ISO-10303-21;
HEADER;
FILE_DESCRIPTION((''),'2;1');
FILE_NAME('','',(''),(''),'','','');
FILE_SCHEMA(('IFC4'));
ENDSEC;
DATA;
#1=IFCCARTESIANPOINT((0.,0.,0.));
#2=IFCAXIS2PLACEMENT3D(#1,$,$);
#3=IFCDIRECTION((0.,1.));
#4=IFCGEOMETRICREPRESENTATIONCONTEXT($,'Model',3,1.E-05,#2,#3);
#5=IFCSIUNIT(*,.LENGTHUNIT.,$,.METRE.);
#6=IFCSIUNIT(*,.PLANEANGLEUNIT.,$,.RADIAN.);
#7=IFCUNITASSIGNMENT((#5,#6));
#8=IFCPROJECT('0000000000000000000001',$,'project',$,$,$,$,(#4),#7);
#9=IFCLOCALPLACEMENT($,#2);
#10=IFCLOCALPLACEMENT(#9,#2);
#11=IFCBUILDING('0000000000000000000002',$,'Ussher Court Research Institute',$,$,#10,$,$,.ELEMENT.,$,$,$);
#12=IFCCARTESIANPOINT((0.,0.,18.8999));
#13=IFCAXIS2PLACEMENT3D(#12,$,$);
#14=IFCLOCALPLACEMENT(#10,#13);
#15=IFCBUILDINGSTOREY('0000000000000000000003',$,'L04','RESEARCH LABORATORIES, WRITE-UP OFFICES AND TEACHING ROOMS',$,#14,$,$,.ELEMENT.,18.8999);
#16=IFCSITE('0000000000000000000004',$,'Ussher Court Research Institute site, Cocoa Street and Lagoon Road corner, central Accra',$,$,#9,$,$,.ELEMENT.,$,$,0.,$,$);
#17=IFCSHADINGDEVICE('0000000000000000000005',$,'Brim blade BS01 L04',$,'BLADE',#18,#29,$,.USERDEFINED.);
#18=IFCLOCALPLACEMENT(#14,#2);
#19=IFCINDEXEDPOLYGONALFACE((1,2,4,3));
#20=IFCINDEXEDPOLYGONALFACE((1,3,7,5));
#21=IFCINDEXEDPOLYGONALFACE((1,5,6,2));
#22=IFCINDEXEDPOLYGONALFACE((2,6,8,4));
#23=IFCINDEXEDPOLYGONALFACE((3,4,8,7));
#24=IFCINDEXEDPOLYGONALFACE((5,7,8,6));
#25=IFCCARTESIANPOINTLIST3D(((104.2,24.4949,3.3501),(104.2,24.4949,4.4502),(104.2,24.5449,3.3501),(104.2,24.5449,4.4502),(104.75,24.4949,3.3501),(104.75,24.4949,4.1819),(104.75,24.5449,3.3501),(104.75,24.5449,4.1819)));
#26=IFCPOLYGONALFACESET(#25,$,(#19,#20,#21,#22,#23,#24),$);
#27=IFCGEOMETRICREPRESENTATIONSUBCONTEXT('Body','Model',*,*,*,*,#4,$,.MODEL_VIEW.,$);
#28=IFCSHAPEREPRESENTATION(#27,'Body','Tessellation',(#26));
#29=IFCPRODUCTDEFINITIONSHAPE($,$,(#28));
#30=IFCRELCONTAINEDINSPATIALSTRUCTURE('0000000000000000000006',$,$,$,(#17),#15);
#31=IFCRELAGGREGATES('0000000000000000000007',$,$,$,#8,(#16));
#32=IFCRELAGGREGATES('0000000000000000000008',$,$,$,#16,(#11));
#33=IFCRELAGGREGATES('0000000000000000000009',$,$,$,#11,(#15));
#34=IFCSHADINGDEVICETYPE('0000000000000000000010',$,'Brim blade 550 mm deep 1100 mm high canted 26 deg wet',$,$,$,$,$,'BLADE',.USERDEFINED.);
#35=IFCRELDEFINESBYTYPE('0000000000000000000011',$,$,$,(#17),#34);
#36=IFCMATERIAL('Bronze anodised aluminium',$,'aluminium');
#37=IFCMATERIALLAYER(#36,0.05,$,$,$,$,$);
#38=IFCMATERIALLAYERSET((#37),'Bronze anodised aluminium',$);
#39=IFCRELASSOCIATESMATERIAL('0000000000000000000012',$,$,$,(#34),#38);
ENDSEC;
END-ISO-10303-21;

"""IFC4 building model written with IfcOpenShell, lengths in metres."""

from ifc_helpers import new_model, si_unit, direction, frame, origin, place, context, subcontext, project, spatial, polyline, outline, extrude, material, layer, layer_set, type_object, element, save


model = new_model("IFC4")

# Units and contexts
model_context = context("Model", 3, precision=1e-05, world=origin(), true_north=direction((0.0, 1.0)))
body_context = subcontext(model_context, "Body", "Model", "MODEL_VIEW")
ifc_project = project(units=[si_unit("LENGTHUNIT", "METRE"), si_unit("PLANEANGLEUNIT", "RADIAN")], contexts=[model_context])

# Site, building, storey
site_placement = place(None, origin())
site = spatial("IfcSite", under=ifc_project, at=site_placement, Name="Ussher Court Research Institute site, Cocoa Street and Lagoon Road corner, central Accra", CompositionType="ELEMENT", RefElevation=0.0)
building_placement = place(site_placement, origin())
building = spatial("IfcBuilding", under=site, at=building_placement, Name="Ussher Court Research Institute", CompositionType="ELEMENT")
storey_placement = place(building_placement, frame((0.0, 0.0, 18.8999)))
storey = spatial("IfcBuildingStorey", under=building, at=storey_placement, Name="L04", Description="RESEARCH LABORATORIES, WRITE-UP OFFICES AND TEACHING ROOMS", CompositionType="ELEMENT", Elevation=18.8999)

# Shading device
ifc_material_1 = material(Name="Bronze anodised aluminium", Category="aluminium")
ifc_layer_1 = layer(ifc_material_1, 0.05)
ifc_layer_set_1 = layer_set([ifc_layer_1], Name="Bronze anodised aluminium")
shading_device_type_1 = type_object("IfcShadingDeviceType", Name="Brim blade 550 mm deep 1100 mm high canted 26 deg wet", ElementType="BLADE", PredefinedType="USERDEFINED", material=ifc_layer_set_1)
for number, where, z_axis, x_axis, name in (
    (1, (104.2, 24.52, 3.3501), (0.0, 0.0, 1.0), (1.0, 0.0, 0.0), "Brim blade BS01 L04"),
):
    element("IfcShadingDevice", number, at=place(storey_placement, frame(where, z_axis=z_axis, x_axis=x_axis)), inside=storey, type_object=shading_device_type_1, Name=name, ObjectType="BLADE", PredefinedType="USERDEFINED", context=body_context, shape_type="SweptSolid", body=[
        extrude(outline(polyline([(0.0, 0.0), (0.55, 0.0), (0.55, 0.8318), (0.0, 1.1001), (0.0, 0.0)])), frame((0.0, 0.0249, 0.0), z_axis=(0.0, -1.0, 0.0), x_axis=(1.0, 0.0, 0.0)), (0.0, 0.0, 1.0), 0.05),
    ])

save(model, "model.ifc")
